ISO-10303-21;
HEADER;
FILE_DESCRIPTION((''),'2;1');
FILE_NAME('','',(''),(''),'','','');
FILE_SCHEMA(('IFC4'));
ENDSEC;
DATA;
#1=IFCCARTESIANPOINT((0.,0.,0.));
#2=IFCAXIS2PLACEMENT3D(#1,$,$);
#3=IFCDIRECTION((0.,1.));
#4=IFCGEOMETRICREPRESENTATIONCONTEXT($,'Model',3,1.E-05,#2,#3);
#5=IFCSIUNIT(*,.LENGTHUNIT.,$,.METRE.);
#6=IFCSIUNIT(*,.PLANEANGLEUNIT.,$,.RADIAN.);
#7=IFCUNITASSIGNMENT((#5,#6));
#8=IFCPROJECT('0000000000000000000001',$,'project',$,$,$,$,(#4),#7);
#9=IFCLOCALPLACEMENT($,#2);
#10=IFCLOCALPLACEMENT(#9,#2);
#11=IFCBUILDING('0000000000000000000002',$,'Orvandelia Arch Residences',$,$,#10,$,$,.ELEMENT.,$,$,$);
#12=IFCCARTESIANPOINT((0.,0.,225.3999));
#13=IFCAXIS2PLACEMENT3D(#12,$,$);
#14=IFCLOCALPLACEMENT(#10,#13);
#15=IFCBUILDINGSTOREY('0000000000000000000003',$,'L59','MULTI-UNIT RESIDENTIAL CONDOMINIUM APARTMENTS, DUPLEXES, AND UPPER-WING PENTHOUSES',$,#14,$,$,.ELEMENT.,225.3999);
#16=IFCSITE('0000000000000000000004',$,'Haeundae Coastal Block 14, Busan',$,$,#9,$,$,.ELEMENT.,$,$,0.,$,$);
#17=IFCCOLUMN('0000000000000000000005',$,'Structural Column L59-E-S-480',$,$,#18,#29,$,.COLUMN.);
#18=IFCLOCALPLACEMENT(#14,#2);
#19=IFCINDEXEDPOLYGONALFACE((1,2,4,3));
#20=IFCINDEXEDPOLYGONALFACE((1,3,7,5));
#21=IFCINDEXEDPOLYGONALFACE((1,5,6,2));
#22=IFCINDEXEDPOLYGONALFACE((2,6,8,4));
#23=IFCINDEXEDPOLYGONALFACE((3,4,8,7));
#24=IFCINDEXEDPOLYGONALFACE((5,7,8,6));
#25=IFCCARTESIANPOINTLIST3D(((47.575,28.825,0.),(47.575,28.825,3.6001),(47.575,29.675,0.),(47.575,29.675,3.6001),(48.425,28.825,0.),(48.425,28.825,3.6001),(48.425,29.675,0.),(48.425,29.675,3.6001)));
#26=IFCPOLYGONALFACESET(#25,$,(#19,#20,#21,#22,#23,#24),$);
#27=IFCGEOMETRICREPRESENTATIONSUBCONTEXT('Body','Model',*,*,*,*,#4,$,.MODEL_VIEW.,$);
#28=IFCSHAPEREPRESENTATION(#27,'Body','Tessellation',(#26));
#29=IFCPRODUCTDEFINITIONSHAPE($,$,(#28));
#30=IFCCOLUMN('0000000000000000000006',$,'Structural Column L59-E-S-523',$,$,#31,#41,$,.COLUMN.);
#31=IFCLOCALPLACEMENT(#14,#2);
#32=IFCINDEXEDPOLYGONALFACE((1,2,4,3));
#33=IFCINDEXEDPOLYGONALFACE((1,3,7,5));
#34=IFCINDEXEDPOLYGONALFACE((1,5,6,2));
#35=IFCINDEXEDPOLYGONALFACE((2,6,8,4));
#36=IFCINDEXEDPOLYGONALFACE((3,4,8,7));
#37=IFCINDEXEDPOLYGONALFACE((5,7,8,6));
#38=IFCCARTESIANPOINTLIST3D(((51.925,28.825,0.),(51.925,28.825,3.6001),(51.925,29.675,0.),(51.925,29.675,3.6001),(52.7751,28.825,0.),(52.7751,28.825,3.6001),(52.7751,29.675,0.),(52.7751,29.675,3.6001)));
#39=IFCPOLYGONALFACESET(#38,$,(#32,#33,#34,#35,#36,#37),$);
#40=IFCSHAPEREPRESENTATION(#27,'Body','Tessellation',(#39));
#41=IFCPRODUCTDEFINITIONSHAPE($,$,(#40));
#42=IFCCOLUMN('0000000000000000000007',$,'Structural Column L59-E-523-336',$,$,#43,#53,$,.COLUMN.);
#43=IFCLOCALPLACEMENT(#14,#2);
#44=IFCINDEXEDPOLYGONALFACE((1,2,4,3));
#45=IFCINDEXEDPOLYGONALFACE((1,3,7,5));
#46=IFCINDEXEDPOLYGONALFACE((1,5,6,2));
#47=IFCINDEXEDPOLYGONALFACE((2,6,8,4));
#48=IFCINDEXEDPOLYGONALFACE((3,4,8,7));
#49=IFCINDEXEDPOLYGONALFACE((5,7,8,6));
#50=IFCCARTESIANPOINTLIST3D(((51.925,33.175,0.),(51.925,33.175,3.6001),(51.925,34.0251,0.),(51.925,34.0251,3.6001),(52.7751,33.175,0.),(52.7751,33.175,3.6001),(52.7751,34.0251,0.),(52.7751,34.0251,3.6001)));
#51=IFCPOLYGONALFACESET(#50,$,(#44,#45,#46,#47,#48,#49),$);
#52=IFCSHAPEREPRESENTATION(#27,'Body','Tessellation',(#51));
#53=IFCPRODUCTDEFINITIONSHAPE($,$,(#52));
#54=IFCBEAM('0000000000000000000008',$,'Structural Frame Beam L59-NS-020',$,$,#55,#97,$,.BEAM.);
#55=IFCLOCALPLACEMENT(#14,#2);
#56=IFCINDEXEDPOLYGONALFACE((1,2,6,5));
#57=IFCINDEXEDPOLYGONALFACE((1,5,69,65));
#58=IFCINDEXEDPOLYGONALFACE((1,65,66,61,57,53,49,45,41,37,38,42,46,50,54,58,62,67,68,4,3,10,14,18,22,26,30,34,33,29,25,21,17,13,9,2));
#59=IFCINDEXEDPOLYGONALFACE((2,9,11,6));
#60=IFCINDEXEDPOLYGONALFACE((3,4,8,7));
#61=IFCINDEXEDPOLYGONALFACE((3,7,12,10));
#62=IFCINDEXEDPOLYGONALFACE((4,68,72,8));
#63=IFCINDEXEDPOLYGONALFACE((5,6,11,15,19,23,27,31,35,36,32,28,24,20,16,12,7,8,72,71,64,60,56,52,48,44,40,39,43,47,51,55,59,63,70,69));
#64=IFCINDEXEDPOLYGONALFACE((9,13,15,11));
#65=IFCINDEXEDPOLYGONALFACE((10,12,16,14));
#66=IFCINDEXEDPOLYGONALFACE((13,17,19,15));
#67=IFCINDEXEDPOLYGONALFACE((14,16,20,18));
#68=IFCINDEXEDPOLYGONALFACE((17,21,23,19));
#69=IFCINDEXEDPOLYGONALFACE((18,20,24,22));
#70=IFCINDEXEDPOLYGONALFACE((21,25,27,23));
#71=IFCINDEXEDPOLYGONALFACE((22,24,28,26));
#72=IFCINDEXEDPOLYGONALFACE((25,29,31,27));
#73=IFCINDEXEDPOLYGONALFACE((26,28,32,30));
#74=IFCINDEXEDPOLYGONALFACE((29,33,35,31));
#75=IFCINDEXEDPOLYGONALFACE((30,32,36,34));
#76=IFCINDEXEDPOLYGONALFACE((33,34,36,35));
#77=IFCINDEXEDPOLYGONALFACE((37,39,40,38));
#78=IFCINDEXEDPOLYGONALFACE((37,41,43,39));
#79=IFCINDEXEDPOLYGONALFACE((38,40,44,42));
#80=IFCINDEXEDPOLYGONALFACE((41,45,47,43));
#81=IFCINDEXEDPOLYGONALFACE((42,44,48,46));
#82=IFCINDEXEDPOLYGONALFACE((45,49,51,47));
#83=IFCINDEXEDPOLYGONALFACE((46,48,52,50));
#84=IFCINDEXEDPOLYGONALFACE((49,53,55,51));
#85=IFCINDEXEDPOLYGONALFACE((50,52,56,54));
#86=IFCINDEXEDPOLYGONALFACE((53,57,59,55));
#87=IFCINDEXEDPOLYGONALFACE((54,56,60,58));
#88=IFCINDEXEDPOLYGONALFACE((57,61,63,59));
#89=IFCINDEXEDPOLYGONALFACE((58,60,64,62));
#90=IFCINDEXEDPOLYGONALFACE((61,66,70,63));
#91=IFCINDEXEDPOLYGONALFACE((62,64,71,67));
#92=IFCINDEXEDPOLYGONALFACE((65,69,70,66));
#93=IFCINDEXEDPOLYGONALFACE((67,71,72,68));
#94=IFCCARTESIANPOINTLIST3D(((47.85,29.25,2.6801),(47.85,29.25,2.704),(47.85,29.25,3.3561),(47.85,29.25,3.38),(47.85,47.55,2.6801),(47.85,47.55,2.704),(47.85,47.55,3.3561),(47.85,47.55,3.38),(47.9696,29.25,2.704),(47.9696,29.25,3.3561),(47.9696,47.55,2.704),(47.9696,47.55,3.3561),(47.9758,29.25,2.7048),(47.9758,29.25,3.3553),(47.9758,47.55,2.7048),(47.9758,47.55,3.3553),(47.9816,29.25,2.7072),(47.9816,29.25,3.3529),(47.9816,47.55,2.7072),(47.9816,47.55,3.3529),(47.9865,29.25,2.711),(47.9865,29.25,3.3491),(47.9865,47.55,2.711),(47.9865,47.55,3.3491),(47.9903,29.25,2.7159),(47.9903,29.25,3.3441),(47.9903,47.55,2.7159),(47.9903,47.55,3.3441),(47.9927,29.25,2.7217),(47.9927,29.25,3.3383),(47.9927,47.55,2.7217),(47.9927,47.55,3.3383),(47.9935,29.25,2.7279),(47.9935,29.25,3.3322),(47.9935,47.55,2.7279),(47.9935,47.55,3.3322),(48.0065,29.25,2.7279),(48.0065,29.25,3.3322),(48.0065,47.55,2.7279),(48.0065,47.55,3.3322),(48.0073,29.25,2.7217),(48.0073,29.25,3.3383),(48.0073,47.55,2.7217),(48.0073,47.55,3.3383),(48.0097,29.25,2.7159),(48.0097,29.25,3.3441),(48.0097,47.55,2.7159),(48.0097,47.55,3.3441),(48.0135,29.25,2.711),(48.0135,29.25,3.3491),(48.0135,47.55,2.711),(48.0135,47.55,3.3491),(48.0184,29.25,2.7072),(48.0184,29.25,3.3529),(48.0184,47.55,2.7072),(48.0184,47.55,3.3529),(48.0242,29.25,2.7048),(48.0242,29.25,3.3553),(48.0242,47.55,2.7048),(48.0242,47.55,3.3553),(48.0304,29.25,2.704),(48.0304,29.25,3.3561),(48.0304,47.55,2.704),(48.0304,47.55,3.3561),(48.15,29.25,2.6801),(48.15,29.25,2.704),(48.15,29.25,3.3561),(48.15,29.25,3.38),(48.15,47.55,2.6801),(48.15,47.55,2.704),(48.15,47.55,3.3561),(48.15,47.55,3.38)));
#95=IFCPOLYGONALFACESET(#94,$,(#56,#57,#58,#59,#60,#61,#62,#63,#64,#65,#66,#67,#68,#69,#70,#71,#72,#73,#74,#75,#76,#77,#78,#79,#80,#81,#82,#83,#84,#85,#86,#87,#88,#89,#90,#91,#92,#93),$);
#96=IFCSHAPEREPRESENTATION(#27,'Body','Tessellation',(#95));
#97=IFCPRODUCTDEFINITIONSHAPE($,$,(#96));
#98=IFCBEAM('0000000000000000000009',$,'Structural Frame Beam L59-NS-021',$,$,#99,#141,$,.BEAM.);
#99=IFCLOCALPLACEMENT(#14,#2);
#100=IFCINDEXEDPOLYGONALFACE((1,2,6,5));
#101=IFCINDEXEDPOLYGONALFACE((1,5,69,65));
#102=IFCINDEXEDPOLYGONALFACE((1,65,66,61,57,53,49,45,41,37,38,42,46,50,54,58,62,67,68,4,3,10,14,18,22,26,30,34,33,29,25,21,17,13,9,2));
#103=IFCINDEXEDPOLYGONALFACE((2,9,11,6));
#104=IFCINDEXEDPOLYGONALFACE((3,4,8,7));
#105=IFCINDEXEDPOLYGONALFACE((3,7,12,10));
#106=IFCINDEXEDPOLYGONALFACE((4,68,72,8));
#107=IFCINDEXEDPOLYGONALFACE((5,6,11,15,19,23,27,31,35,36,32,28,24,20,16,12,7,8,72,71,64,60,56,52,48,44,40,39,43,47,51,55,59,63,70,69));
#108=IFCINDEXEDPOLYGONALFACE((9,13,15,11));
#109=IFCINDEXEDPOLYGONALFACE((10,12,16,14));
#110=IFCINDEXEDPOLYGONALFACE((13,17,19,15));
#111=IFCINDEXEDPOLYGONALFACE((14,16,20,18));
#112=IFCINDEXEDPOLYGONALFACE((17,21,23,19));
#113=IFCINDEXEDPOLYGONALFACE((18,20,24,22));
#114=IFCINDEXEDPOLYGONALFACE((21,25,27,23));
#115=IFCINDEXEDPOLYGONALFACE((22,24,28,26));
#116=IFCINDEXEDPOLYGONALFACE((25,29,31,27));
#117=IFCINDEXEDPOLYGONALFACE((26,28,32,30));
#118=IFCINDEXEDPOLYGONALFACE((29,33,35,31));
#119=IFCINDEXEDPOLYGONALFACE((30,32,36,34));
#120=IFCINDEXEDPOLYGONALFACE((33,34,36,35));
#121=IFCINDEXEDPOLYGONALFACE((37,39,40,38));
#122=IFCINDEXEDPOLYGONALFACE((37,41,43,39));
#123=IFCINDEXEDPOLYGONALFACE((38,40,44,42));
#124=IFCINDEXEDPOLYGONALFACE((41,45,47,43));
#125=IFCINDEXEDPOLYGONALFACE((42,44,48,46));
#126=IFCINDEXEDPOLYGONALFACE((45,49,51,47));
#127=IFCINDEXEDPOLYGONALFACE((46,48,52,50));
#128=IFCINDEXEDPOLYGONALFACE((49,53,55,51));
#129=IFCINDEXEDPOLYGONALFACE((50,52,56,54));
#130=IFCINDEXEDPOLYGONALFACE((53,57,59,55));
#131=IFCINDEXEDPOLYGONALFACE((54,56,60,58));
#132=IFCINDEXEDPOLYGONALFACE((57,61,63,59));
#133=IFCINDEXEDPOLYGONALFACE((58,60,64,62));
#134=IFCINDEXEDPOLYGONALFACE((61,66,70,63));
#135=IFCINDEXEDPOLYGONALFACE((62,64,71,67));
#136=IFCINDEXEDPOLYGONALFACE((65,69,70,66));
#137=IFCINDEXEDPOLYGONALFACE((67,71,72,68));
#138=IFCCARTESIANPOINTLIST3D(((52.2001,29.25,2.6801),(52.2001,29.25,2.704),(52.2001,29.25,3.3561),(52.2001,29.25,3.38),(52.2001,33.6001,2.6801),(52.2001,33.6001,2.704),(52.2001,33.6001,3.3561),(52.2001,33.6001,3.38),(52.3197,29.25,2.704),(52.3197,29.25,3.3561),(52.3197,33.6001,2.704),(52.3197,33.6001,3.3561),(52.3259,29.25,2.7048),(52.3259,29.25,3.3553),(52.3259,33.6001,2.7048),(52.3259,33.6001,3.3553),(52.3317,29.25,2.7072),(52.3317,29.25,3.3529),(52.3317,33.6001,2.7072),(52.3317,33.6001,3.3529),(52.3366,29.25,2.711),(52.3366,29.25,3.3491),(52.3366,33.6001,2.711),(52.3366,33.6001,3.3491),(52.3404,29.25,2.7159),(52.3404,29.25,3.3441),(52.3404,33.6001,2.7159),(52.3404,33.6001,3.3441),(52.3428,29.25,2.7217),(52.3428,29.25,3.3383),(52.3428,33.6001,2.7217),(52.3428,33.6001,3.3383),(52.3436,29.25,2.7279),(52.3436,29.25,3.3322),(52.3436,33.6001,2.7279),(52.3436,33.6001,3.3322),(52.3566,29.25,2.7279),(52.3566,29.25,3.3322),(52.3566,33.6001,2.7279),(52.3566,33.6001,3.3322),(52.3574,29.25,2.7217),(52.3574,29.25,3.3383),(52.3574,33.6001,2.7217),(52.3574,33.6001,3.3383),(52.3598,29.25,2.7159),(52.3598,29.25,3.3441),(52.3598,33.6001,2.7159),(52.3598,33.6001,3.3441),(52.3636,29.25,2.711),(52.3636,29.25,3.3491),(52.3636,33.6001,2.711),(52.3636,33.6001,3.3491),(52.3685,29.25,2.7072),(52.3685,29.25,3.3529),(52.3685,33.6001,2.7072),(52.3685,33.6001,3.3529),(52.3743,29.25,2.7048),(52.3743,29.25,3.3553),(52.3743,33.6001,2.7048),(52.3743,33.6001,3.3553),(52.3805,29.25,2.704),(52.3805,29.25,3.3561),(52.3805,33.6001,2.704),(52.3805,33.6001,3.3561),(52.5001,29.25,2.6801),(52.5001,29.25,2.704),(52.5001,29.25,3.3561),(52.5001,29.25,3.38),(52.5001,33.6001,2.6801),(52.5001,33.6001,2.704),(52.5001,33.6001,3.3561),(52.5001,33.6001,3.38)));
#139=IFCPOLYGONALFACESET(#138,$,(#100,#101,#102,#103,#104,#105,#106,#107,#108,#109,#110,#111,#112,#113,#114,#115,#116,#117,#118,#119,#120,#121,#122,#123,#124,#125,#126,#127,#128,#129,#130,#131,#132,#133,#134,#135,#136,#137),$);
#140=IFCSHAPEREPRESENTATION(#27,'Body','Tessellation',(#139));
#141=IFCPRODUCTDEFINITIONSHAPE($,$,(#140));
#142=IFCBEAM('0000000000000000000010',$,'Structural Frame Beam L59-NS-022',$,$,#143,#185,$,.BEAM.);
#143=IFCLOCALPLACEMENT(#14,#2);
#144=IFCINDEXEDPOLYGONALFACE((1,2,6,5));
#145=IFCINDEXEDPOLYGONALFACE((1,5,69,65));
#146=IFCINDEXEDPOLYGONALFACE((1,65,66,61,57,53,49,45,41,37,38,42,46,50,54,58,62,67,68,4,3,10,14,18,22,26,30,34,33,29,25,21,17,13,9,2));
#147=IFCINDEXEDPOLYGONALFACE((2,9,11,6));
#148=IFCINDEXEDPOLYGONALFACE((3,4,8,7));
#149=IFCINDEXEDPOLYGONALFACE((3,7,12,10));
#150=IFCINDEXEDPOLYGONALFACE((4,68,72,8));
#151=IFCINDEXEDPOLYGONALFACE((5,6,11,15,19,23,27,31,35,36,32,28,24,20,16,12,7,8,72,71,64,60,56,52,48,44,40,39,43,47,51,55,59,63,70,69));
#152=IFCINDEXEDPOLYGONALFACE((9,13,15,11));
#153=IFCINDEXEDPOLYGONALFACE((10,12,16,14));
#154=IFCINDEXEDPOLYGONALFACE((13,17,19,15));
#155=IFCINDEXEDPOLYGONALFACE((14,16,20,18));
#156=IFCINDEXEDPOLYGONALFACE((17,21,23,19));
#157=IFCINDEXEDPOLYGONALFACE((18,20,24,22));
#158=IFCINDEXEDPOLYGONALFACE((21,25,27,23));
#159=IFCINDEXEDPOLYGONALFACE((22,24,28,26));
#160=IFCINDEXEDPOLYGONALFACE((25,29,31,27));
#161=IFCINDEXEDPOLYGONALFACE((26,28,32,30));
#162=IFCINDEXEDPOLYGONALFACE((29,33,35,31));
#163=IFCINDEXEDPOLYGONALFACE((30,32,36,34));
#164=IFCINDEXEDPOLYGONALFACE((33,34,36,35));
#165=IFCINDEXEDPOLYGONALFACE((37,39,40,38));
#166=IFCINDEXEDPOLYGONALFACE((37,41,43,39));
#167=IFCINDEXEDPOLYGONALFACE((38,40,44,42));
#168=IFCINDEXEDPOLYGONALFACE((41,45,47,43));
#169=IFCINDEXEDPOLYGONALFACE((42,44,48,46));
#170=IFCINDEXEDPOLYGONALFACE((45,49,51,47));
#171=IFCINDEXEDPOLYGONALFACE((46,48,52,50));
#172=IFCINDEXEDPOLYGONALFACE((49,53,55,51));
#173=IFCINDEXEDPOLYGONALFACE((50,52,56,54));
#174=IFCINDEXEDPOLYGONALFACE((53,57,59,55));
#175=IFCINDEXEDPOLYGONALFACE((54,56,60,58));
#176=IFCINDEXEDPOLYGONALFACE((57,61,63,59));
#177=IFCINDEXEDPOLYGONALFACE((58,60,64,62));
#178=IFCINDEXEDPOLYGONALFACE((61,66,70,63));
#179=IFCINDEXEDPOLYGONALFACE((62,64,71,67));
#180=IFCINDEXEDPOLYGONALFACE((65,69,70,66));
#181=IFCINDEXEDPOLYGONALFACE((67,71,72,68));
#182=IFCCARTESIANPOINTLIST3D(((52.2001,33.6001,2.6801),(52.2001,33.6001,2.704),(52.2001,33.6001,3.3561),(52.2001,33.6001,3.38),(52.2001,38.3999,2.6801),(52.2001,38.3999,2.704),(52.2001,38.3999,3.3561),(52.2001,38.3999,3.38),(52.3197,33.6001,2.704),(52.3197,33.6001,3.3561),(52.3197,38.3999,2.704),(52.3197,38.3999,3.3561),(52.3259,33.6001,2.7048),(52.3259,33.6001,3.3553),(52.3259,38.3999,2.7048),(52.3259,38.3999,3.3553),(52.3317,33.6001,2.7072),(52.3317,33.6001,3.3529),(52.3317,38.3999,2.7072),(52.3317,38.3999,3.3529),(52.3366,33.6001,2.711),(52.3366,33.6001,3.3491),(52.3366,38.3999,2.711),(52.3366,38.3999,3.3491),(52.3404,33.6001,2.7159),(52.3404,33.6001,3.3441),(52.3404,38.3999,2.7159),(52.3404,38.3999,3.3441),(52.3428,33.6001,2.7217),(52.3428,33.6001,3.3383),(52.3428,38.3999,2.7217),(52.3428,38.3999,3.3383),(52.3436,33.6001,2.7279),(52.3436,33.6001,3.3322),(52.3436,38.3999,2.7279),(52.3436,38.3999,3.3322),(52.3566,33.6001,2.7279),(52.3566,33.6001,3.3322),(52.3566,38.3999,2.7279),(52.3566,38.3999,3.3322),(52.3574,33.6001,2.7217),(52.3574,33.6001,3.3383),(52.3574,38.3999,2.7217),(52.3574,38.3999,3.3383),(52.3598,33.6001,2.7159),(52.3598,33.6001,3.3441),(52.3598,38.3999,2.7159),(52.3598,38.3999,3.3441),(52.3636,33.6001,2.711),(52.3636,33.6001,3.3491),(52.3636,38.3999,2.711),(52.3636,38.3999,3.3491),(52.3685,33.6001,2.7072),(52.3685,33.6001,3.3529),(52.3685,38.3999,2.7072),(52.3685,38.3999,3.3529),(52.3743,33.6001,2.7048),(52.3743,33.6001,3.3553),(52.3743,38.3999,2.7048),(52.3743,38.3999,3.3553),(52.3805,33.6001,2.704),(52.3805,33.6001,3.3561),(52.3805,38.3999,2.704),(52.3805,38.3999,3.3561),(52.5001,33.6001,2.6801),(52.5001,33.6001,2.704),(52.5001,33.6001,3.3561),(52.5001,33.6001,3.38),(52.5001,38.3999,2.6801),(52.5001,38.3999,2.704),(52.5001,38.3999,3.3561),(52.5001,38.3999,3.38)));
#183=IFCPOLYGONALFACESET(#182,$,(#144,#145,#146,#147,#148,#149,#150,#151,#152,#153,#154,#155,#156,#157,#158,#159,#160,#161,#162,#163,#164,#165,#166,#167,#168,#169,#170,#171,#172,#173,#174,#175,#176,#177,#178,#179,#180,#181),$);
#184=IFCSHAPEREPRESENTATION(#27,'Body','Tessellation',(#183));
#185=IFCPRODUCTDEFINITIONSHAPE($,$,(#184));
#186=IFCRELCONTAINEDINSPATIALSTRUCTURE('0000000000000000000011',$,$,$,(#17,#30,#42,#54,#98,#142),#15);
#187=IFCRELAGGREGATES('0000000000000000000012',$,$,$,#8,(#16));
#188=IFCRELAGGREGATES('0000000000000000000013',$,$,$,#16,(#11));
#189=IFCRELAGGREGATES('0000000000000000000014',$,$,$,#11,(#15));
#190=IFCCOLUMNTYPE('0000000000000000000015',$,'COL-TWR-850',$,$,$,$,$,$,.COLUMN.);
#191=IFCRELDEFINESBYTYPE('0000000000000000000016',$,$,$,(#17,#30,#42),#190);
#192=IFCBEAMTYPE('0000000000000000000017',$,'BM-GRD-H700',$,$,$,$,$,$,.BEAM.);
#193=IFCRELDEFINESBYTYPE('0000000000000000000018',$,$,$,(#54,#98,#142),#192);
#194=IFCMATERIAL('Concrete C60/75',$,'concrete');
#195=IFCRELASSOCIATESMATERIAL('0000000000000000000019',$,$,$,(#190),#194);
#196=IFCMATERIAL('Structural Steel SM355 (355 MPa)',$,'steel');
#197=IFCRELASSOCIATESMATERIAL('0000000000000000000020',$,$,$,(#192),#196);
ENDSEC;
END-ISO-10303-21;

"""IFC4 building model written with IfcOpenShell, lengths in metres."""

from ifc_helpers import new_model, si_unit, direction, frame, origin, origin_2d, place, context, subcontext, project, spatial, rectangle, i_section, extrude, material, material_profile, profile_set, type_object, element, save


model = new_model("IFC4")

# Units and contexts
model_context = context("Model", 3, precision=1e-05, world=origin(), true_north=direction((0.0, 1.0)))
body_context = subcontext(model_context, "Body", "Model", "MODEL_VIEW")
ifc_project = project(units=[si_unit("LENGTHUNIT", "METRE"), si_unit("PLANEANGLEUNIT", "RADIAN")], contexts=[model_context])

# Site, building, storey
site_placement = place(None, origin())
site = spatial("IfcSite", under=ifc_project, at=site_placement, Name="Haeundae Coastal Block 14, Busan", CompositionType="ELEMENT", RefElevation=0.0)
building_placement = place(site_placement, origin())
building = spatial("IfcBuilding", under=site, at=building_placement, Name="Orvandelia Arch Residences", CompositionType="ELEMENT")
storey_placement = place(building_placement, frame((0.0, 0.0, 225.3999)))
storey = spatial("IfcBuildingStorey", under=building, at=storey_placement, Name="L59", Description="MULTI-UNIT RESIDENTIAL CONDOMINIUM APARTMENTS, DUPLEXES, AND UPPER-WING PENTHOUSES", CompositionType="ELEMENT", Elevation=225.3999)

# Columns
ifc_material_1 = material(Name="Concrete C60/75", Category="concrete")
ifc_material_profile_1 = material_profile(ifc_material_1, rectangle(XDim=0.8501, YDim=0.8501, at=origin_2d()), Name="Concrete C60/75", Category="concrete")
ifc_profile_set_1 = profile_set([ifc_material_profile_1], Name="Concrete C60/75")
column_type = type_object("IfcColumnType", Name="COL-TWR-850", PredefinedType="COLUMN", material=ifc_profile_set_1)
for number, where, z_axis, x_axis, name in (
    (1, (48.0, 29.25, 0.0), (0.0, 0.0, 1.0), (1.0, 0.0, 0.0), "Structural Column L59-E-S-480"),
    (2, (52.3501, 29.25, 0.0), (0.0, 0.0, 1.0), (1.0, 0.0, 0.0), "Structural Column L59-E-S-523"),
    (3, (52.3501, 33.6001, 0.0), (0.0, 0.0, 1.0), (1.0, 0.0, 0.0), "Structural Column L59-E-523-336"),
):
    element("IfcColumn", number, at=place(storey_placement, frame(where, z_axis=z_axis, x_axis=x_axis)), inside=storey, type_object=column_type, Name=name, PredefinedType="COLUMN", context=body_context, shape_type="SweptSolid", body=[
        extrude(rectangle(XDim=0.8501, YDim=0.8501, at=origin_2d()), origin(), (0.0, 0.0, 1.0), 3.6001),
    ])

# Beams
ifc_material_2 = material(Name="Structural Steel SM355 (355 MPa)", Category="steel")
ifc_material_profile_2 = material_profile(ifc_material_2, i_section(OverallWidth=0.3, OverallDepth=0.7, WebThickness=0.0129, FlangeThickness=0.0239, FilletRadius=0.0239, at=origin_2d()), Name="Structural Steel SM355 (355 MPa)", Category="steel")
ifc_profile_set_2 = profile_set([ifc_material_profile_2], Name="Structural Steel SM355 (355 MPa)")
beam_type = type_object("IfcBeamType", Name="BM-GRD-H700", PredefinedType="BEAM", material=ifc_profile_set_2)
beam_1_placement = place(storey_placement, frame((48.0, 29.25, 3.03), z_axis=(0.0, 1.0, 0.0), x_axis=(-1.0, 0.0, 0.0)))
element("IfcBeam", 4, at=beam_1_placement, inside=storey, type_object=beam_type, Name="Structural Frame Beam L59-NS-020", PredefinedType="BEAM", context=body_context, shape_type="SweptSolid", body=[
    extrude(i_section(OverallWidth=0.3, OverallDepth=0.7, WebThickness=0.0129, FlangeThickness=0.0239, FilletRadius=0.0239, at=origin_2d()), origin(), (0.0, 0.0, 1.0), 18.3),
])
beam_2_placement = place(storey_placement, frame((52.3501, 29.25, 3.03), z_axis=(0.0, 1.0, 0.0), x_axis=(-1.0, 0.0, 0.0)))
element("IfcBeam", 5, at=beam_2_placement, inside=storey, type_object=beam_type, Name="Structural Frame Beam L59-NS-021", PredefinedType="BEAM", context=body_context, shape_type="SweptSolid", body=[
    extrude(i_section(OverallWidth=0.3, OverallDepth=0.7, WebThickness=0.0129, FlangeThickness=0.0239, FilletRadius=0.0239, at=origin_2d()), origin(), (0.0, 0.0, 1.0), 4.3501),
])
beam_3_placement = place(storey_placement, frame((52.3501, 33.6001, 3.03), z_axis=(0.0, 1.0, 0.0), x_axis=(-1.0, 0.0, 0.0)))
element("IfcBeam", 6, at=beam_3_placement, inside=storey, type_object=beam_type, Name="Structural Frame Beam L59-NS-022", PredefinedType="BEAM", context=body_context, shape_type="SweptSolid", body=[
    extrude(i_section(OverallWidth=0.3, OverallDepth=0.7, WebThickness=0.0129, FlangeThickness=0.0239, FilletRadius=0.0239, at=origin_2d()), origin(), (0.0, 0.0, 1.0), 4.7998),
])

save(model, "model.ifc")
